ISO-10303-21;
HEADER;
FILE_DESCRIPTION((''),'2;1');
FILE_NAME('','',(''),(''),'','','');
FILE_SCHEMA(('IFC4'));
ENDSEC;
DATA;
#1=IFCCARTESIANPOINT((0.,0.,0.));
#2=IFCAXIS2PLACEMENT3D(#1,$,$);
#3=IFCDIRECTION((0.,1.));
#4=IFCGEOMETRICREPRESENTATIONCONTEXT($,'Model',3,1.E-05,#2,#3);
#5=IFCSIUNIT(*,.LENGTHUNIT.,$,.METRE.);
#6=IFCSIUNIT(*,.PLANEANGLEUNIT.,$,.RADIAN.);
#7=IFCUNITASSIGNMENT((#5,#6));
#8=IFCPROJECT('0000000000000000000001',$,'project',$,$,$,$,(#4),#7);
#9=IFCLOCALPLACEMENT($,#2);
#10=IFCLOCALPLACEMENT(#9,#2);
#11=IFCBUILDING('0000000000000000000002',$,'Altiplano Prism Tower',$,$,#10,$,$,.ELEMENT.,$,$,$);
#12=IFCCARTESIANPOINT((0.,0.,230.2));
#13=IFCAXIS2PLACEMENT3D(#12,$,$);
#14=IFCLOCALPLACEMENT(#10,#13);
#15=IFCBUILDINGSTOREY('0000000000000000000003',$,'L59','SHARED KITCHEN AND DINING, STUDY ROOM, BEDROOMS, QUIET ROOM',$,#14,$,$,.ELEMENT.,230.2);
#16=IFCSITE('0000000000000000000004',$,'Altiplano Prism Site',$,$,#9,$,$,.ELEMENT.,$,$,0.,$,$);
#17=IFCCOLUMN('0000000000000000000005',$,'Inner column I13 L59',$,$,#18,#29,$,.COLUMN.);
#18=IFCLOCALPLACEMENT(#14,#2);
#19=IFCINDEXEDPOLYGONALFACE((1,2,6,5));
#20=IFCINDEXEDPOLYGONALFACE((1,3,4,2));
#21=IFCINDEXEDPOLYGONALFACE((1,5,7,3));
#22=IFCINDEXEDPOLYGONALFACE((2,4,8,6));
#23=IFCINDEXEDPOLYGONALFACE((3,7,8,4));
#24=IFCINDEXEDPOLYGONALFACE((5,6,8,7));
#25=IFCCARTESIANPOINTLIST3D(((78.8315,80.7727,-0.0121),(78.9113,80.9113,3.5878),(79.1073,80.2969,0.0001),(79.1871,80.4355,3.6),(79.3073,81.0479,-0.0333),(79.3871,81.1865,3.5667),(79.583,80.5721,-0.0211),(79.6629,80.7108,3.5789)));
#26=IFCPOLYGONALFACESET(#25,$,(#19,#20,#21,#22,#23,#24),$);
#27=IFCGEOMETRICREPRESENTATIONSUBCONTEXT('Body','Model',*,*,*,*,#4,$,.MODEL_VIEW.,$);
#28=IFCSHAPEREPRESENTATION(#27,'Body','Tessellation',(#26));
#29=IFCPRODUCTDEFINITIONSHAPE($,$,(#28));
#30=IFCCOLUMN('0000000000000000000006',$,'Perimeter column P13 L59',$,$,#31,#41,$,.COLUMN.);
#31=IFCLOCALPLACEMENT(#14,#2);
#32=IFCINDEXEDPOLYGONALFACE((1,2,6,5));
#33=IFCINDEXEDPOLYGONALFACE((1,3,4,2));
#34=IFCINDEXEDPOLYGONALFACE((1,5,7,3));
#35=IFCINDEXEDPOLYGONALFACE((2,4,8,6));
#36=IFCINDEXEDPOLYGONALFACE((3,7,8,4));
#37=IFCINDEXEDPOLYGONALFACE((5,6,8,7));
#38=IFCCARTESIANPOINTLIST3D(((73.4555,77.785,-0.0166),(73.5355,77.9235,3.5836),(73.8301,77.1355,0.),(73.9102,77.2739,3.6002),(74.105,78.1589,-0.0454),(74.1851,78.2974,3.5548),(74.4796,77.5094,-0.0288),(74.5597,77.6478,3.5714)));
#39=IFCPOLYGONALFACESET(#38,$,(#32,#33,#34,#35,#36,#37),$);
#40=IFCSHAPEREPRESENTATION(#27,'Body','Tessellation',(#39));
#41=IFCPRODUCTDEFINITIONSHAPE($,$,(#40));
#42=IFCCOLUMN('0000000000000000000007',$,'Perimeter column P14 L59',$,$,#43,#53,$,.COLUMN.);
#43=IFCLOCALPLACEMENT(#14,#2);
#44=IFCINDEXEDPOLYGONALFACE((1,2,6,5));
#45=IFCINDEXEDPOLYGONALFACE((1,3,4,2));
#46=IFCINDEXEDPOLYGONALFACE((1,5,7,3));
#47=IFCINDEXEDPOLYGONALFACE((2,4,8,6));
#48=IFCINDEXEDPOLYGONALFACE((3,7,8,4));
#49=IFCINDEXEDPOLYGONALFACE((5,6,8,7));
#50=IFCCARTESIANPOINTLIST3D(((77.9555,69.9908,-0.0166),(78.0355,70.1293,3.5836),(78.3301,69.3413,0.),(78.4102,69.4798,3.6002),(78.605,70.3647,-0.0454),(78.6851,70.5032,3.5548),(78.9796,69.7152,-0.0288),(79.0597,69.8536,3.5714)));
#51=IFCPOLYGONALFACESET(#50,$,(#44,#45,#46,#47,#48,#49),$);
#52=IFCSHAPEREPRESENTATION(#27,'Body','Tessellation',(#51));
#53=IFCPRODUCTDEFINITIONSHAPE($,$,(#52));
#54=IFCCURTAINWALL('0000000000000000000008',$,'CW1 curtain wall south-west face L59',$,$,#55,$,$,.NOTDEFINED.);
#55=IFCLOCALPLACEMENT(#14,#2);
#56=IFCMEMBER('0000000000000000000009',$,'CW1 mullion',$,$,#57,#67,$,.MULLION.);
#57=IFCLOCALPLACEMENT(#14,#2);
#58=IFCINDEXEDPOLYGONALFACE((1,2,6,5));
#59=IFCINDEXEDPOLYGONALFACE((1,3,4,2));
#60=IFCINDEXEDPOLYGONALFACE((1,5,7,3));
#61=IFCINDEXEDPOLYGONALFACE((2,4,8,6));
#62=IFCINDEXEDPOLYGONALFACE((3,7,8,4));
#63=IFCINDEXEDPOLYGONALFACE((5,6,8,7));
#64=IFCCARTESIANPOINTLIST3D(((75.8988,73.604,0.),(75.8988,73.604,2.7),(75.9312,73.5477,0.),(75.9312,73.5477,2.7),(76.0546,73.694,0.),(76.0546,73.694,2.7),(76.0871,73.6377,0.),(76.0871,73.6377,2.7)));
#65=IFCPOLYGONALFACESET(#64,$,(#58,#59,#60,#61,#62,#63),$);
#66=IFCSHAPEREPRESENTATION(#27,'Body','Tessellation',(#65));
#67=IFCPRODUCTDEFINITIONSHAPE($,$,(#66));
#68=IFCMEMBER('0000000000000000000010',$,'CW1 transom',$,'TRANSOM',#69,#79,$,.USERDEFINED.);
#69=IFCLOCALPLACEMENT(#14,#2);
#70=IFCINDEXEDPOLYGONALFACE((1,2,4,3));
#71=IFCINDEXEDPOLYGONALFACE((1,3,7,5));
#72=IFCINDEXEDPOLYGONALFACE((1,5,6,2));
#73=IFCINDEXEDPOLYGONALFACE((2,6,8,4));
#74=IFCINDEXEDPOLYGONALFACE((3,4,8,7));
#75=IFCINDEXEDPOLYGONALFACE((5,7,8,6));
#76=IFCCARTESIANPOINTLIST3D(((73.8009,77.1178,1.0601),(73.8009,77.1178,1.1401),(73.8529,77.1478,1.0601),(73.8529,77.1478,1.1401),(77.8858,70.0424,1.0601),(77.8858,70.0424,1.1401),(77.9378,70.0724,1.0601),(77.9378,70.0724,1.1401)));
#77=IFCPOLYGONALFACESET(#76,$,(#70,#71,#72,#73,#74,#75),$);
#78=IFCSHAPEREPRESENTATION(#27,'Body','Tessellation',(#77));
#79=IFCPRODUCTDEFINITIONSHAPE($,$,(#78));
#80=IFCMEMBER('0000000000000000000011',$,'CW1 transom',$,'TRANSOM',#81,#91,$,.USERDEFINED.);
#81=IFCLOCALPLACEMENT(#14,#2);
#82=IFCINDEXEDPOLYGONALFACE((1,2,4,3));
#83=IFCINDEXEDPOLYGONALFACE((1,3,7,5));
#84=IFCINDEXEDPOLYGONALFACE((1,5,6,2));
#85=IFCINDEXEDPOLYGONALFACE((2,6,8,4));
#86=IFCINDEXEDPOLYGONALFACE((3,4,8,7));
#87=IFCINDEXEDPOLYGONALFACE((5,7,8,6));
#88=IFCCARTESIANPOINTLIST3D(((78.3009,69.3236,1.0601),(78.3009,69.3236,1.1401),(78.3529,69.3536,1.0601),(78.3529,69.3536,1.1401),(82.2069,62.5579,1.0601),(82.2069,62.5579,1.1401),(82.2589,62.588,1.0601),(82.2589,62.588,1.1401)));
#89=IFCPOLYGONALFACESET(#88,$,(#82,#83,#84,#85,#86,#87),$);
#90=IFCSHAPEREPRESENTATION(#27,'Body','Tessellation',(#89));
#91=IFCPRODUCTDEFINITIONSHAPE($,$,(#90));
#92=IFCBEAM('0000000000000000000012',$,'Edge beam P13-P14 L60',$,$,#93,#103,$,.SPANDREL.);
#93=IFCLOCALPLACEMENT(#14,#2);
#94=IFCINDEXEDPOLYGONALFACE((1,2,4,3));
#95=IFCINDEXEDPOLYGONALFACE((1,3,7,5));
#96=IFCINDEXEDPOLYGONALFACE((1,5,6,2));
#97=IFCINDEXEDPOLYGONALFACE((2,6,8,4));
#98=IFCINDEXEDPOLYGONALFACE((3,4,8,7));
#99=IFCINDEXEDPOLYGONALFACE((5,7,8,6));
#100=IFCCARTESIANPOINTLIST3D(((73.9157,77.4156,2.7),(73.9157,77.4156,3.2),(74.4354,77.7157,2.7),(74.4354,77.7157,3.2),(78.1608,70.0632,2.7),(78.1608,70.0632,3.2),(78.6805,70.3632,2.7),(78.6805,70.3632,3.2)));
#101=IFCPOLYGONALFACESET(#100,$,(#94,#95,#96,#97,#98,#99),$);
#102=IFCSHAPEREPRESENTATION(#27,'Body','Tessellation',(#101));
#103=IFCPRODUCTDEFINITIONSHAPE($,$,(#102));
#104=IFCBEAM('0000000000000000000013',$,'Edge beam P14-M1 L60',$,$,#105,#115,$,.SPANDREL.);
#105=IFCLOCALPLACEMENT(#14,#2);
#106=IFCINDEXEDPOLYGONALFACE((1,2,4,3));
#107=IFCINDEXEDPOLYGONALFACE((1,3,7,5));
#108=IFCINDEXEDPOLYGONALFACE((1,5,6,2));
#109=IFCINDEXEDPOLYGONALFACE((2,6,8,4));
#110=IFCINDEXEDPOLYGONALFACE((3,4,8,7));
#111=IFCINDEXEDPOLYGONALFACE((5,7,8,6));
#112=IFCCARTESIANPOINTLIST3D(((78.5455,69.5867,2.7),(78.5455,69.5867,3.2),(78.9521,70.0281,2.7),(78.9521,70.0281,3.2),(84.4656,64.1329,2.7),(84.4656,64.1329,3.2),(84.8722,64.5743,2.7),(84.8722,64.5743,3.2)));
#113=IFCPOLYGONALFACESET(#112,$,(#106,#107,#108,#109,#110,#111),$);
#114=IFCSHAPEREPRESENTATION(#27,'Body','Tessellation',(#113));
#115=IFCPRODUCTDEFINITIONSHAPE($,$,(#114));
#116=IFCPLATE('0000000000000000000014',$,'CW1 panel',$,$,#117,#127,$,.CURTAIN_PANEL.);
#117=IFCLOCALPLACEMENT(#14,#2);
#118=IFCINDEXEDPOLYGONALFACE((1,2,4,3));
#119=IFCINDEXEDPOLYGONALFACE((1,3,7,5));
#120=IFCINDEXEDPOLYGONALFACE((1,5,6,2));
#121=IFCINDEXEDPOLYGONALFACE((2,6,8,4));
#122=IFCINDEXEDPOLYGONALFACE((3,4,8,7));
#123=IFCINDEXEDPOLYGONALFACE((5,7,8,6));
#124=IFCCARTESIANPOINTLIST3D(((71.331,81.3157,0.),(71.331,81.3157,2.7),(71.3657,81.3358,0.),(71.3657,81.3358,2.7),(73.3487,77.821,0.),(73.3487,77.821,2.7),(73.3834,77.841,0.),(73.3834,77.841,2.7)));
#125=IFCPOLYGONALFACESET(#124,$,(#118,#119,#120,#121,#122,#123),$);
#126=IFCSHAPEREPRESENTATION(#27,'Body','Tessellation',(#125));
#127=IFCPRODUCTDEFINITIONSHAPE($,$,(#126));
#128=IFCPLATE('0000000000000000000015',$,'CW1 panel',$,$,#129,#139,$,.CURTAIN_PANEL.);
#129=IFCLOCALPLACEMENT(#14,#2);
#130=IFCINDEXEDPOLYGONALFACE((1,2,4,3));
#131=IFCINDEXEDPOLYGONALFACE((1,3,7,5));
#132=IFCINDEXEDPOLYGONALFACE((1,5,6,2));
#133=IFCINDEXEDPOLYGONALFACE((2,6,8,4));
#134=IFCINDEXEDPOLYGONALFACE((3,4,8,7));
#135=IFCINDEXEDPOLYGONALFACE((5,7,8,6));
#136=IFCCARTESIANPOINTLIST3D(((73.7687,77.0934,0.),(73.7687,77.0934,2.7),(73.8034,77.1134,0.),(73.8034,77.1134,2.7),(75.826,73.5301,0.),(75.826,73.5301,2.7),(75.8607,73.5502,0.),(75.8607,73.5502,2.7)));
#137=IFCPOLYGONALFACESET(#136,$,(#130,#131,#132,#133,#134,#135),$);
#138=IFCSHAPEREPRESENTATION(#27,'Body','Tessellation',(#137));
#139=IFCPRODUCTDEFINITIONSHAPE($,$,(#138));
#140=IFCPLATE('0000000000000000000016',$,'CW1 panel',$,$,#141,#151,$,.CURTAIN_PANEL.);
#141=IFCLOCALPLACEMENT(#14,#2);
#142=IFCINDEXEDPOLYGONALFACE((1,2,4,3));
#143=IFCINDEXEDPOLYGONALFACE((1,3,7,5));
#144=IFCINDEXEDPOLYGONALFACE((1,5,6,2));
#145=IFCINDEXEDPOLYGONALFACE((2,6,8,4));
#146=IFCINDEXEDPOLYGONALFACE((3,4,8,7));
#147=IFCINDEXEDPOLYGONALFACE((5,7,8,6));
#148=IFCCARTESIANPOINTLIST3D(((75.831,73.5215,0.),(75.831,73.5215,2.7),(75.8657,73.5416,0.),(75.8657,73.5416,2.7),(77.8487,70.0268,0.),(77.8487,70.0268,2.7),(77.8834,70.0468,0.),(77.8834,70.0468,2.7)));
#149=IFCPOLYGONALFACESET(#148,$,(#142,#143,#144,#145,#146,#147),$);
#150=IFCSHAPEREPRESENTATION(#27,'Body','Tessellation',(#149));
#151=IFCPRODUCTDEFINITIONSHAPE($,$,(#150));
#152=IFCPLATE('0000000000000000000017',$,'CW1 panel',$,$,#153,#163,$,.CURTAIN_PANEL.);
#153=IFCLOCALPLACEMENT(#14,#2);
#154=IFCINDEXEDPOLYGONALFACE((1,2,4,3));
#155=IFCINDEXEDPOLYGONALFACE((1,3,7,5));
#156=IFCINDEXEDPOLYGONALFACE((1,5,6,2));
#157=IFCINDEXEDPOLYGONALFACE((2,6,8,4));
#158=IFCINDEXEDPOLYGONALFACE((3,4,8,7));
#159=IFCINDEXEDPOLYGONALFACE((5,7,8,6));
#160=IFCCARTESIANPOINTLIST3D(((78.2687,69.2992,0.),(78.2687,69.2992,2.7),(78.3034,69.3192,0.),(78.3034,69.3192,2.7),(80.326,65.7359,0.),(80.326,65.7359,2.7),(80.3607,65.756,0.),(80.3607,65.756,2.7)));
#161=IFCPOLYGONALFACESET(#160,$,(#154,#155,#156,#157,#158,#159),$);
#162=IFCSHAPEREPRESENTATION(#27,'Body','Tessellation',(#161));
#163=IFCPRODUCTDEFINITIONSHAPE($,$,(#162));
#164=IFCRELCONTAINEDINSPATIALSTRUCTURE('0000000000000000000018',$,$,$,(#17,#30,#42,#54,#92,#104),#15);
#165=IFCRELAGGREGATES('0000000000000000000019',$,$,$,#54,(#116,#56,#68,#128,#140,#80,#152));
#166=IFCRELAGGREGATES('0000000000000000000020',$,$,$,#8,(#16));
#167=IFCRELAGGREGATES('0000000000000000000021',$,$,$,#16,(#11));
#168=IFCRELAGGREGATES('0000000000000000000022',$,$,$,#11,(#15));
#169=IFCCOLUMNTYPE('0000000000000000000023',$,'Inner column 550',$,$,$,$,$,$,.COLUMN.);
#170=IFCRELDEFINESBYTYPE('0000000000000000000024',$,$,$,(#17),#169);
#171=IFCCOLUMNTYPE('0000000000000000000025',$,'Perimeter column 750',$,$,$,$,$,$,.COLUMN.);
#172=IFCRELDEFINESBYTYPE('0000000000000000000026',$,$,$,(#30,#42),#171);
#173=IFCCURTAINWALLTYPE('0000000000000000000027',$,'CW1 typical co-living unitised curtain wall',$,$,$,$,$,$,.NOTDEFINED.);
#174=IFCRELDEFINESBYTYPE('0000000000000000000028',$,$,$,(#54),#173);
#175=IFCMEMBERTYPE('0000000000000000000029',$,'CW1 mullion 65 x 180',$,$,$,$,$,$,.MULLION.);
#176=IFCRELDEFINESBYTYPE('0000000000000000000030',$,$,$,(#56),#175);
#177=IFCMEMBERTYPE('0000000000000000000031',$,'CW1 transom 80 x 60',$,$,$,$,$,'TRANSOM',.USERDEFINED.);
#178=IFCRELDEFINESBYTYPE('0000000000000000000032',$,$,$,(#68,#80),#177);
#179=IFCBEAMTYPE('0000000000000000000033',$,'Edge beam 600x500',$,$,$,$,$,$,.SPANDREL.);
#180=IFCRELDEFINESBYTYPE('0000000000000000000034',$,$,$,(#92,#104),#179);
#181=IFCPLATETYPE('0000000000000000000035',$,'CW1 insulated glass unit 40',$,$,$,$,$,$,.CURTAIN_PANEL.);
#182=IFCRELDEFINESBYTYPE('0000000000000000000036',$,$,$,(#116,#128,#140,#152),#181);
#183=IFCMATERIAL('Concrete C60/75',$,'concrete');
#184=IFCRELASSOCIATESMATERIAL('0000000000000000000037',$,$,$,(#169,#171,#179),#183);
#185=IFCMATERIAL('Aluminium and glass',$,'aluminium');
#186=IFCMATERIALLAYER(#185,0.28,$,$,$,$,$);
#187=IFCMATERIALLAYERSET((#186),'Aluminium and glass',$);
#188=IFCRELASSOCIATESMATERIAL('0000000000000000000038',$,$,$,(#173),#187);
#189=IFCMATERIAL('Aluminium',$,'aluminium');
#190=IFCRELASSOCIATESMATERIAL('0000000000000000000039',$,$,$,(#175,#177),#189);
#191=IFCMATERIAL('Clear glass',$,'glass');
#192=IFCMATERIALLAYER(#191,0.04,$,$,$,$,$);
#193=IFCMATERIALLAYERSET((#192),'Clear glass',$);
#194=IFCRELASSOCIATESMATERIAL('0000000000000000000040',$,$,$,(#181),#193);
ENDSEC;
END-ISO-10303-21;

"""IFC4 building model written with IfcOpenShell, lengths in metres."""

from ifc_helpers import new_model, si_unit, direction, frame, origin, origin_2d, place, context, subcontext, project, spatial, rectangle, extrude, material, layer, layer_set, material_profile, profile_set, type_object, element, aggregate, save


model = new_model("IFC4")

# Units and contexts
model_context = context("Model", 3, precision=1e-05, world=origin(), true_north=direction((0.0, 1.0)))
body_context = subcontext(model_context, "Body", "Model", "MODEL_VIEW")
ifc_project = project(units=[si_unit("LENGTHUNIT", "METRE"), si_unit("PLANEANGLEUNIT", "RADIAN")], contexts=[model_context])

# Site, building, storey
site_placement = place(None, origin())
site = spatial("IfcSite", under=ifc_project, at=site_placement, Name="Altiplano Prism Site", CompositionType="ELEMENT", RefElevation=0.0)
building_placement = place(site_placement, origin())
building = spatial("IfcBuilding", under=site, at=building_placement, Name="Altiplano Prism Tower", CompositionType="ELEMENT")
storey_placement = place(building_placement, frame((0.0, 0.0, 230.2)))
storey = spatial("IfcBuildingStorey", under=building, at=storey_placement, Name="L59", Description="SHARED KITCHEN AND DINING, STUDY ROOM, BEDROOMS, QUIET ROOM", CompositionType="ELEMENT", Elevation=230.2)

# Columns
ifc_material_1 = material(Name="Concrete C60/75", Category="concrete")
ifc_material_profile_1 = material_profile(ifc_material_1, rectangle(XDim=0.55, YDim=0.55, at=origin_2d()), Name="Inner column 550")
ifc_profile_set_1 = profile_set([ifc_material_profile_1], Name="Concrete C60/75")
column_type_1 = type_object("IfcColumnType", Name="Inner column 550", PredefinedType="COLUMN", material=ifc_profile_set_1)
column_placement = place(storey_placement, frame((79.2073, 80.6724, -0.0166), z_axis=(0.022155, 0.038484, 0.999014), x_axis=(-0.86498, -0.500331, 0.038456)))
element("IfcColumn", 1, at=column_placement, inside=storey, type_object=column_type_1, Name="Inner column I13 L59", PredefinedType="COLUMN", context=body_context, shape_type="SweptSolid", body=[
    extrude(rectangle(XDim=0.55, YDim=0.55, at=origin_2d()), origin(), (0.0, 0.0, 1.0), 3.6035),
])
ifc_material_profile_2 = material_profile(ifc_material_1, rectangle(XDim=0.75, YDim=0.75, at=origin_2d()), Name="Perimeter column 750")
ifc_profile_set_2 = profile_set([ifc_material_profile_2], Name="Concrete C60/75")
column_type_2 = type_object("IfcColumnType", Name="Perimeter column 750", PredefinedType="COLUMN", material=ifc_profile_set_2)
for number, where, z_axis, x_axis, name in (
    (2, (73.9675, 77.6472, -0.0227), (0.022221, 0.038413, 0.999015), (-0.866021, -0.498528, 0.038432), "Perimeter column P13 L59"),
    (3, (78.4675, 69.853, -0.0227), (0.022221, 0.038413, 0.999015), (-0.866021, -0.498528, 0.038432), "Perimeter column P14 L59"),
):
    element("IfcColumn", number, at=place(storey_placement, frame(where, z_axis=z_axis, x_axis=x_axis)), inside=storey, type_object=column_type_2, Name=name, PredefinedType="COLUMN", context=body_context, shape_type="SweptSolid", body=[
        extrude(rectangle(XDim=0.75, YDim=0.75, at=origin_2d()), origin(), (0.0, 0.0, 1.0), 3.6038),
    ])

# Curtain wall, members
ifc_material_2 = material(Name="Aluminium and glass", Category="aluminium")
ifc_layer_1 = layer(ifc_material_2, 0.28)
ifc_layer_set_1 = layer_set([ifc_layer_1], Name="Aluminium and glass")
curtain_wall_type = type_object("IfcCurtainWallType", Name="CW1 typical co-living unitised curtain wall", PredefinedType="NOTDEFINED", material=ifc_layer_set_1)
curtain_wall_placement = place(storey_placement, origin())
curtain_wall = element("IfcCurtainWall", 4, at=curtain_wall_placement, inside=storey, type_object=curtain_wall_type, Name="CW1 curtain wall south-west face L59", PredefinedType="NOTDEFINED")
ifc_material_3 = material(Name="Aluminium", Category="aluminium")
ifc_material_profile_3 = material_profile(ifc_material_3, rectangle(XDim=0.1799, YDim=0.0649, at=origin_2d()), Name="CW1 mullion 65 x 180")
ifc_profile_set_3 = profile_set([ifc_material_profile_3], Name="Aluminium")
member_type_1 = type_object("IfcMemberType", Name="CW1 mullion 65 x 180", PredefinedType="MULLION", material=ifc_profile_set_3)
member_1_placement = place(storey_placement, frame((75.9929, 73.6208, 0.0), z_axis=(0.0, 0.0, 1.0), x_axis=(0.866025, 0.5, 0.0)))
member_1 = element("IfcMember", 5, at=member_1_placement, type_object=member_type_1, Name="CW1 mullion", PredefinedType="MULLION", context=body_context, shape_type="SweptSolid", body=[
    extrude(rectangle(XDim=0.1799, YDim=0.0649, at=origin_2d()), origin(), (0.0, 0.0, 1.0), 2.7),
])
ifc_material_profile_4 = material_profile(ifc_material_3, rectangle(XDim=0.0601, YDim=0.0801, at=origin_2d()), Name="CW1 transom 80 x 60")
ifc_profile_set_4 = profile_set([ifc_material_profile_4], Name="Aluminium")
member_type_2 = type_object("IfcMemberType", Name="CW1 transom 80 x 60", ElementType="TRANSOM", PredefinedType="USERDEFINED", material=ifc_profile_set_4)
member_2_placement = place(storey_placement, frame((73.8269, 77.1328, 1.1001), z_axis=(0.499996, -0.866028, 0.0), x_axis=(0.866028, 0.499996, 0.0)))
member_2 = element("IfcMember", 6, at=member_2_placement, type_object=member_type_2, Name="CW1 transom", ObjectType="TRANSOM", PredefinedType="USERDEFINED", context=body_context, shape_type="SweptSolid", body=[
    extrude(rectangle(XDim=0.0601, YDim=0.0801, at=origin_2d()), origin(), (0.0, 0.0, 1.0), 8.1699),
])
member_3_placement = place(storey_placement, frame((78.3269, 69.3386, 1.1001), z_axis=(0.499988, -0.866033, 0.0), x_axis=(0.866033, 0.499988, 0.0)))
member_3 = element("IfcMember", 7, at=member_3_placement, type_object=member_type_2, Name="CW1 transom", ObjectType="TRANSOM", PredefinedType="USERDEFINED", context=body_context, shape_type="SweptSolid", body=[
    extrude(rectangle(XDim=0.0601, YDim=0.0801, at=origin_2d()), origin(), (0.0, 0.0, 1.0), 7.8123),
])

# Beams
ifc_material_profile_5 = material_profile(ifc_material_1, rectangle(XDim=0.6001, YDim=0.5, at=origin_2d()), Name="Edge beam 600x500")
ifc_profile_set_5 = profile_set([ifc_material_profile_5], Name="Concrete C60/75")
beam_type = type_object("IfcBeamType", Name="Edge beam 600x500", PredefinedType="SPANDREL", material=ifc_profile_set_5)
beam_1_placement = place(storey_placement, frame((74.1755, 77.5657, 2.95), z_axis=(0.500011, -0.866019, 0.0), x_axis=(0.866019, 0.500011, 0.0)))
element("IfcBeam", 8, at=beam_1_placement, inside=storey, type_object=beam_type, Name="Edge beam P13-P14 L60", PredefinedType="SPANDREL", context=body_context, shape_type="SweptSolid", body=[
    extrude(rectangle(XDim=0.6001, YDim=0.5, at=origin_2d()), origin(), (0.0, 0.0, 1.0), 8.49),
])
beam_2_placement = place(storey_placement, frame((78.7488, 69.8074, 2.95), z_axis=(0.735479, -0.677548, 0.0), x_axis=(0.677548, 0.735479, 0.0)))
element("IfcBeam", 9, at=beam_2_placement, inside=storey, type_object=beam_type, Name="Edge beam P14-M1 L60", PredefinedType="SPANDREL", context=body_context, shape_type="SweptSolid", body=[
    extrude(rectangle(XDim=0.6001, YDim=0.5, at=origin_2d()), origin(), (0.0, 0.0, 1.0), 8.0493),
])

# Plates
ifc_material_4 = material(Name="Clear glass", Category="glass")
ifc_layer_2 = layer(ifc_material_4, 0.04)
ifc_layer_set_2 = layer_set([ifc_layer_2], Name="Clear glass")
plate_type = type_object("IfcPlateType", Name="CW1 insulated glass unit 40", PredefinedType="CURTAIN_PANEL", material=ifc_layer_set_2)
plate_1_placement = place(storey_placement, frame((72.3572, 79.5784, 0.0), z_axis=(0.0, 0.0, 1.0), x_axis=(0.5, -0.866025, 0.0)))
plate_1 = element("IfcPlate", 10, at=plate_1_placement, type_object=plate_type, Name="CW1 panel", PredefinedType="CURTAIN_PANEL", context=body_context, shape_type="SweptSolid", body=[
    extrude(rectangle(XDim=4.0354, YDim=0.04, at=origin_2d()), origin(), (0.0, 0.0, 1.0), 2.7),
])
plate_2_placement = place(storey_placement, frame((74.8147, 75.3218, 0.0), z_axis=(0.0, 0.0, 1.0), x_axis=(0.5, -0.866025, 0.0)))
plate_2 = element("IfcPlate", 11, at=plate_2_placement, type_object=plate_type, Name="CW1 panel", PredefinedType="CURTAIN_PANEL", context=body_context, shape_type="SweptSolid", body=[
    extrude(rectangle(XDim=4.1145, YDim=0.04, at=origin_2d()), origin(), (0.0, 0.0, 1.0), 2.7),
])
plate_3_placement = place(storey_placement, frame((76.8572, 71.7842, 0.0), z_axis=(0.0, 0.0, 1.0), x_axis=(0.5, -0.866025, 0.0)))
plate_3 = element("IfcPlate", 12, at=plate_3_placement, type_object=plate_type, Name="CW1 panel", PredefinedType="CURTAIN_PANEL", context=body_context, shape_type="SweptSolid", body=[
    extrude(rectangle(XDim=4.0354, YDim=0.04, at=origin_2d()), origin(), (0.0, 0.0, 1.0), 2.7),
])
plate_4_placement = place(storey_placement, frame((79.3147, 67.5276, 0.0), z_axis=(0.0, 0.0, 1.0), x_axis=(0.5, -0.866025, 0.0)))
plate_4 = element("IfcPlate", 13, at=plate_4_placement, type_object=plate_type, Name="CW1 panel", PredefinedType="CURTAIN_PANEL", context=body_context, shape_type="SweptSolid", body=[
    extrude(rectangle(XDim=4.1145, YDim=0.04, at=origin_2d()), origin(), (0.0, 0.0, 1.0), 2.7),
])
aggregate(curtain_wall, [plate_1, member_1, member_2, plate_2, plate_3, member_3, plate_4])

save(model, "model.ifc")
